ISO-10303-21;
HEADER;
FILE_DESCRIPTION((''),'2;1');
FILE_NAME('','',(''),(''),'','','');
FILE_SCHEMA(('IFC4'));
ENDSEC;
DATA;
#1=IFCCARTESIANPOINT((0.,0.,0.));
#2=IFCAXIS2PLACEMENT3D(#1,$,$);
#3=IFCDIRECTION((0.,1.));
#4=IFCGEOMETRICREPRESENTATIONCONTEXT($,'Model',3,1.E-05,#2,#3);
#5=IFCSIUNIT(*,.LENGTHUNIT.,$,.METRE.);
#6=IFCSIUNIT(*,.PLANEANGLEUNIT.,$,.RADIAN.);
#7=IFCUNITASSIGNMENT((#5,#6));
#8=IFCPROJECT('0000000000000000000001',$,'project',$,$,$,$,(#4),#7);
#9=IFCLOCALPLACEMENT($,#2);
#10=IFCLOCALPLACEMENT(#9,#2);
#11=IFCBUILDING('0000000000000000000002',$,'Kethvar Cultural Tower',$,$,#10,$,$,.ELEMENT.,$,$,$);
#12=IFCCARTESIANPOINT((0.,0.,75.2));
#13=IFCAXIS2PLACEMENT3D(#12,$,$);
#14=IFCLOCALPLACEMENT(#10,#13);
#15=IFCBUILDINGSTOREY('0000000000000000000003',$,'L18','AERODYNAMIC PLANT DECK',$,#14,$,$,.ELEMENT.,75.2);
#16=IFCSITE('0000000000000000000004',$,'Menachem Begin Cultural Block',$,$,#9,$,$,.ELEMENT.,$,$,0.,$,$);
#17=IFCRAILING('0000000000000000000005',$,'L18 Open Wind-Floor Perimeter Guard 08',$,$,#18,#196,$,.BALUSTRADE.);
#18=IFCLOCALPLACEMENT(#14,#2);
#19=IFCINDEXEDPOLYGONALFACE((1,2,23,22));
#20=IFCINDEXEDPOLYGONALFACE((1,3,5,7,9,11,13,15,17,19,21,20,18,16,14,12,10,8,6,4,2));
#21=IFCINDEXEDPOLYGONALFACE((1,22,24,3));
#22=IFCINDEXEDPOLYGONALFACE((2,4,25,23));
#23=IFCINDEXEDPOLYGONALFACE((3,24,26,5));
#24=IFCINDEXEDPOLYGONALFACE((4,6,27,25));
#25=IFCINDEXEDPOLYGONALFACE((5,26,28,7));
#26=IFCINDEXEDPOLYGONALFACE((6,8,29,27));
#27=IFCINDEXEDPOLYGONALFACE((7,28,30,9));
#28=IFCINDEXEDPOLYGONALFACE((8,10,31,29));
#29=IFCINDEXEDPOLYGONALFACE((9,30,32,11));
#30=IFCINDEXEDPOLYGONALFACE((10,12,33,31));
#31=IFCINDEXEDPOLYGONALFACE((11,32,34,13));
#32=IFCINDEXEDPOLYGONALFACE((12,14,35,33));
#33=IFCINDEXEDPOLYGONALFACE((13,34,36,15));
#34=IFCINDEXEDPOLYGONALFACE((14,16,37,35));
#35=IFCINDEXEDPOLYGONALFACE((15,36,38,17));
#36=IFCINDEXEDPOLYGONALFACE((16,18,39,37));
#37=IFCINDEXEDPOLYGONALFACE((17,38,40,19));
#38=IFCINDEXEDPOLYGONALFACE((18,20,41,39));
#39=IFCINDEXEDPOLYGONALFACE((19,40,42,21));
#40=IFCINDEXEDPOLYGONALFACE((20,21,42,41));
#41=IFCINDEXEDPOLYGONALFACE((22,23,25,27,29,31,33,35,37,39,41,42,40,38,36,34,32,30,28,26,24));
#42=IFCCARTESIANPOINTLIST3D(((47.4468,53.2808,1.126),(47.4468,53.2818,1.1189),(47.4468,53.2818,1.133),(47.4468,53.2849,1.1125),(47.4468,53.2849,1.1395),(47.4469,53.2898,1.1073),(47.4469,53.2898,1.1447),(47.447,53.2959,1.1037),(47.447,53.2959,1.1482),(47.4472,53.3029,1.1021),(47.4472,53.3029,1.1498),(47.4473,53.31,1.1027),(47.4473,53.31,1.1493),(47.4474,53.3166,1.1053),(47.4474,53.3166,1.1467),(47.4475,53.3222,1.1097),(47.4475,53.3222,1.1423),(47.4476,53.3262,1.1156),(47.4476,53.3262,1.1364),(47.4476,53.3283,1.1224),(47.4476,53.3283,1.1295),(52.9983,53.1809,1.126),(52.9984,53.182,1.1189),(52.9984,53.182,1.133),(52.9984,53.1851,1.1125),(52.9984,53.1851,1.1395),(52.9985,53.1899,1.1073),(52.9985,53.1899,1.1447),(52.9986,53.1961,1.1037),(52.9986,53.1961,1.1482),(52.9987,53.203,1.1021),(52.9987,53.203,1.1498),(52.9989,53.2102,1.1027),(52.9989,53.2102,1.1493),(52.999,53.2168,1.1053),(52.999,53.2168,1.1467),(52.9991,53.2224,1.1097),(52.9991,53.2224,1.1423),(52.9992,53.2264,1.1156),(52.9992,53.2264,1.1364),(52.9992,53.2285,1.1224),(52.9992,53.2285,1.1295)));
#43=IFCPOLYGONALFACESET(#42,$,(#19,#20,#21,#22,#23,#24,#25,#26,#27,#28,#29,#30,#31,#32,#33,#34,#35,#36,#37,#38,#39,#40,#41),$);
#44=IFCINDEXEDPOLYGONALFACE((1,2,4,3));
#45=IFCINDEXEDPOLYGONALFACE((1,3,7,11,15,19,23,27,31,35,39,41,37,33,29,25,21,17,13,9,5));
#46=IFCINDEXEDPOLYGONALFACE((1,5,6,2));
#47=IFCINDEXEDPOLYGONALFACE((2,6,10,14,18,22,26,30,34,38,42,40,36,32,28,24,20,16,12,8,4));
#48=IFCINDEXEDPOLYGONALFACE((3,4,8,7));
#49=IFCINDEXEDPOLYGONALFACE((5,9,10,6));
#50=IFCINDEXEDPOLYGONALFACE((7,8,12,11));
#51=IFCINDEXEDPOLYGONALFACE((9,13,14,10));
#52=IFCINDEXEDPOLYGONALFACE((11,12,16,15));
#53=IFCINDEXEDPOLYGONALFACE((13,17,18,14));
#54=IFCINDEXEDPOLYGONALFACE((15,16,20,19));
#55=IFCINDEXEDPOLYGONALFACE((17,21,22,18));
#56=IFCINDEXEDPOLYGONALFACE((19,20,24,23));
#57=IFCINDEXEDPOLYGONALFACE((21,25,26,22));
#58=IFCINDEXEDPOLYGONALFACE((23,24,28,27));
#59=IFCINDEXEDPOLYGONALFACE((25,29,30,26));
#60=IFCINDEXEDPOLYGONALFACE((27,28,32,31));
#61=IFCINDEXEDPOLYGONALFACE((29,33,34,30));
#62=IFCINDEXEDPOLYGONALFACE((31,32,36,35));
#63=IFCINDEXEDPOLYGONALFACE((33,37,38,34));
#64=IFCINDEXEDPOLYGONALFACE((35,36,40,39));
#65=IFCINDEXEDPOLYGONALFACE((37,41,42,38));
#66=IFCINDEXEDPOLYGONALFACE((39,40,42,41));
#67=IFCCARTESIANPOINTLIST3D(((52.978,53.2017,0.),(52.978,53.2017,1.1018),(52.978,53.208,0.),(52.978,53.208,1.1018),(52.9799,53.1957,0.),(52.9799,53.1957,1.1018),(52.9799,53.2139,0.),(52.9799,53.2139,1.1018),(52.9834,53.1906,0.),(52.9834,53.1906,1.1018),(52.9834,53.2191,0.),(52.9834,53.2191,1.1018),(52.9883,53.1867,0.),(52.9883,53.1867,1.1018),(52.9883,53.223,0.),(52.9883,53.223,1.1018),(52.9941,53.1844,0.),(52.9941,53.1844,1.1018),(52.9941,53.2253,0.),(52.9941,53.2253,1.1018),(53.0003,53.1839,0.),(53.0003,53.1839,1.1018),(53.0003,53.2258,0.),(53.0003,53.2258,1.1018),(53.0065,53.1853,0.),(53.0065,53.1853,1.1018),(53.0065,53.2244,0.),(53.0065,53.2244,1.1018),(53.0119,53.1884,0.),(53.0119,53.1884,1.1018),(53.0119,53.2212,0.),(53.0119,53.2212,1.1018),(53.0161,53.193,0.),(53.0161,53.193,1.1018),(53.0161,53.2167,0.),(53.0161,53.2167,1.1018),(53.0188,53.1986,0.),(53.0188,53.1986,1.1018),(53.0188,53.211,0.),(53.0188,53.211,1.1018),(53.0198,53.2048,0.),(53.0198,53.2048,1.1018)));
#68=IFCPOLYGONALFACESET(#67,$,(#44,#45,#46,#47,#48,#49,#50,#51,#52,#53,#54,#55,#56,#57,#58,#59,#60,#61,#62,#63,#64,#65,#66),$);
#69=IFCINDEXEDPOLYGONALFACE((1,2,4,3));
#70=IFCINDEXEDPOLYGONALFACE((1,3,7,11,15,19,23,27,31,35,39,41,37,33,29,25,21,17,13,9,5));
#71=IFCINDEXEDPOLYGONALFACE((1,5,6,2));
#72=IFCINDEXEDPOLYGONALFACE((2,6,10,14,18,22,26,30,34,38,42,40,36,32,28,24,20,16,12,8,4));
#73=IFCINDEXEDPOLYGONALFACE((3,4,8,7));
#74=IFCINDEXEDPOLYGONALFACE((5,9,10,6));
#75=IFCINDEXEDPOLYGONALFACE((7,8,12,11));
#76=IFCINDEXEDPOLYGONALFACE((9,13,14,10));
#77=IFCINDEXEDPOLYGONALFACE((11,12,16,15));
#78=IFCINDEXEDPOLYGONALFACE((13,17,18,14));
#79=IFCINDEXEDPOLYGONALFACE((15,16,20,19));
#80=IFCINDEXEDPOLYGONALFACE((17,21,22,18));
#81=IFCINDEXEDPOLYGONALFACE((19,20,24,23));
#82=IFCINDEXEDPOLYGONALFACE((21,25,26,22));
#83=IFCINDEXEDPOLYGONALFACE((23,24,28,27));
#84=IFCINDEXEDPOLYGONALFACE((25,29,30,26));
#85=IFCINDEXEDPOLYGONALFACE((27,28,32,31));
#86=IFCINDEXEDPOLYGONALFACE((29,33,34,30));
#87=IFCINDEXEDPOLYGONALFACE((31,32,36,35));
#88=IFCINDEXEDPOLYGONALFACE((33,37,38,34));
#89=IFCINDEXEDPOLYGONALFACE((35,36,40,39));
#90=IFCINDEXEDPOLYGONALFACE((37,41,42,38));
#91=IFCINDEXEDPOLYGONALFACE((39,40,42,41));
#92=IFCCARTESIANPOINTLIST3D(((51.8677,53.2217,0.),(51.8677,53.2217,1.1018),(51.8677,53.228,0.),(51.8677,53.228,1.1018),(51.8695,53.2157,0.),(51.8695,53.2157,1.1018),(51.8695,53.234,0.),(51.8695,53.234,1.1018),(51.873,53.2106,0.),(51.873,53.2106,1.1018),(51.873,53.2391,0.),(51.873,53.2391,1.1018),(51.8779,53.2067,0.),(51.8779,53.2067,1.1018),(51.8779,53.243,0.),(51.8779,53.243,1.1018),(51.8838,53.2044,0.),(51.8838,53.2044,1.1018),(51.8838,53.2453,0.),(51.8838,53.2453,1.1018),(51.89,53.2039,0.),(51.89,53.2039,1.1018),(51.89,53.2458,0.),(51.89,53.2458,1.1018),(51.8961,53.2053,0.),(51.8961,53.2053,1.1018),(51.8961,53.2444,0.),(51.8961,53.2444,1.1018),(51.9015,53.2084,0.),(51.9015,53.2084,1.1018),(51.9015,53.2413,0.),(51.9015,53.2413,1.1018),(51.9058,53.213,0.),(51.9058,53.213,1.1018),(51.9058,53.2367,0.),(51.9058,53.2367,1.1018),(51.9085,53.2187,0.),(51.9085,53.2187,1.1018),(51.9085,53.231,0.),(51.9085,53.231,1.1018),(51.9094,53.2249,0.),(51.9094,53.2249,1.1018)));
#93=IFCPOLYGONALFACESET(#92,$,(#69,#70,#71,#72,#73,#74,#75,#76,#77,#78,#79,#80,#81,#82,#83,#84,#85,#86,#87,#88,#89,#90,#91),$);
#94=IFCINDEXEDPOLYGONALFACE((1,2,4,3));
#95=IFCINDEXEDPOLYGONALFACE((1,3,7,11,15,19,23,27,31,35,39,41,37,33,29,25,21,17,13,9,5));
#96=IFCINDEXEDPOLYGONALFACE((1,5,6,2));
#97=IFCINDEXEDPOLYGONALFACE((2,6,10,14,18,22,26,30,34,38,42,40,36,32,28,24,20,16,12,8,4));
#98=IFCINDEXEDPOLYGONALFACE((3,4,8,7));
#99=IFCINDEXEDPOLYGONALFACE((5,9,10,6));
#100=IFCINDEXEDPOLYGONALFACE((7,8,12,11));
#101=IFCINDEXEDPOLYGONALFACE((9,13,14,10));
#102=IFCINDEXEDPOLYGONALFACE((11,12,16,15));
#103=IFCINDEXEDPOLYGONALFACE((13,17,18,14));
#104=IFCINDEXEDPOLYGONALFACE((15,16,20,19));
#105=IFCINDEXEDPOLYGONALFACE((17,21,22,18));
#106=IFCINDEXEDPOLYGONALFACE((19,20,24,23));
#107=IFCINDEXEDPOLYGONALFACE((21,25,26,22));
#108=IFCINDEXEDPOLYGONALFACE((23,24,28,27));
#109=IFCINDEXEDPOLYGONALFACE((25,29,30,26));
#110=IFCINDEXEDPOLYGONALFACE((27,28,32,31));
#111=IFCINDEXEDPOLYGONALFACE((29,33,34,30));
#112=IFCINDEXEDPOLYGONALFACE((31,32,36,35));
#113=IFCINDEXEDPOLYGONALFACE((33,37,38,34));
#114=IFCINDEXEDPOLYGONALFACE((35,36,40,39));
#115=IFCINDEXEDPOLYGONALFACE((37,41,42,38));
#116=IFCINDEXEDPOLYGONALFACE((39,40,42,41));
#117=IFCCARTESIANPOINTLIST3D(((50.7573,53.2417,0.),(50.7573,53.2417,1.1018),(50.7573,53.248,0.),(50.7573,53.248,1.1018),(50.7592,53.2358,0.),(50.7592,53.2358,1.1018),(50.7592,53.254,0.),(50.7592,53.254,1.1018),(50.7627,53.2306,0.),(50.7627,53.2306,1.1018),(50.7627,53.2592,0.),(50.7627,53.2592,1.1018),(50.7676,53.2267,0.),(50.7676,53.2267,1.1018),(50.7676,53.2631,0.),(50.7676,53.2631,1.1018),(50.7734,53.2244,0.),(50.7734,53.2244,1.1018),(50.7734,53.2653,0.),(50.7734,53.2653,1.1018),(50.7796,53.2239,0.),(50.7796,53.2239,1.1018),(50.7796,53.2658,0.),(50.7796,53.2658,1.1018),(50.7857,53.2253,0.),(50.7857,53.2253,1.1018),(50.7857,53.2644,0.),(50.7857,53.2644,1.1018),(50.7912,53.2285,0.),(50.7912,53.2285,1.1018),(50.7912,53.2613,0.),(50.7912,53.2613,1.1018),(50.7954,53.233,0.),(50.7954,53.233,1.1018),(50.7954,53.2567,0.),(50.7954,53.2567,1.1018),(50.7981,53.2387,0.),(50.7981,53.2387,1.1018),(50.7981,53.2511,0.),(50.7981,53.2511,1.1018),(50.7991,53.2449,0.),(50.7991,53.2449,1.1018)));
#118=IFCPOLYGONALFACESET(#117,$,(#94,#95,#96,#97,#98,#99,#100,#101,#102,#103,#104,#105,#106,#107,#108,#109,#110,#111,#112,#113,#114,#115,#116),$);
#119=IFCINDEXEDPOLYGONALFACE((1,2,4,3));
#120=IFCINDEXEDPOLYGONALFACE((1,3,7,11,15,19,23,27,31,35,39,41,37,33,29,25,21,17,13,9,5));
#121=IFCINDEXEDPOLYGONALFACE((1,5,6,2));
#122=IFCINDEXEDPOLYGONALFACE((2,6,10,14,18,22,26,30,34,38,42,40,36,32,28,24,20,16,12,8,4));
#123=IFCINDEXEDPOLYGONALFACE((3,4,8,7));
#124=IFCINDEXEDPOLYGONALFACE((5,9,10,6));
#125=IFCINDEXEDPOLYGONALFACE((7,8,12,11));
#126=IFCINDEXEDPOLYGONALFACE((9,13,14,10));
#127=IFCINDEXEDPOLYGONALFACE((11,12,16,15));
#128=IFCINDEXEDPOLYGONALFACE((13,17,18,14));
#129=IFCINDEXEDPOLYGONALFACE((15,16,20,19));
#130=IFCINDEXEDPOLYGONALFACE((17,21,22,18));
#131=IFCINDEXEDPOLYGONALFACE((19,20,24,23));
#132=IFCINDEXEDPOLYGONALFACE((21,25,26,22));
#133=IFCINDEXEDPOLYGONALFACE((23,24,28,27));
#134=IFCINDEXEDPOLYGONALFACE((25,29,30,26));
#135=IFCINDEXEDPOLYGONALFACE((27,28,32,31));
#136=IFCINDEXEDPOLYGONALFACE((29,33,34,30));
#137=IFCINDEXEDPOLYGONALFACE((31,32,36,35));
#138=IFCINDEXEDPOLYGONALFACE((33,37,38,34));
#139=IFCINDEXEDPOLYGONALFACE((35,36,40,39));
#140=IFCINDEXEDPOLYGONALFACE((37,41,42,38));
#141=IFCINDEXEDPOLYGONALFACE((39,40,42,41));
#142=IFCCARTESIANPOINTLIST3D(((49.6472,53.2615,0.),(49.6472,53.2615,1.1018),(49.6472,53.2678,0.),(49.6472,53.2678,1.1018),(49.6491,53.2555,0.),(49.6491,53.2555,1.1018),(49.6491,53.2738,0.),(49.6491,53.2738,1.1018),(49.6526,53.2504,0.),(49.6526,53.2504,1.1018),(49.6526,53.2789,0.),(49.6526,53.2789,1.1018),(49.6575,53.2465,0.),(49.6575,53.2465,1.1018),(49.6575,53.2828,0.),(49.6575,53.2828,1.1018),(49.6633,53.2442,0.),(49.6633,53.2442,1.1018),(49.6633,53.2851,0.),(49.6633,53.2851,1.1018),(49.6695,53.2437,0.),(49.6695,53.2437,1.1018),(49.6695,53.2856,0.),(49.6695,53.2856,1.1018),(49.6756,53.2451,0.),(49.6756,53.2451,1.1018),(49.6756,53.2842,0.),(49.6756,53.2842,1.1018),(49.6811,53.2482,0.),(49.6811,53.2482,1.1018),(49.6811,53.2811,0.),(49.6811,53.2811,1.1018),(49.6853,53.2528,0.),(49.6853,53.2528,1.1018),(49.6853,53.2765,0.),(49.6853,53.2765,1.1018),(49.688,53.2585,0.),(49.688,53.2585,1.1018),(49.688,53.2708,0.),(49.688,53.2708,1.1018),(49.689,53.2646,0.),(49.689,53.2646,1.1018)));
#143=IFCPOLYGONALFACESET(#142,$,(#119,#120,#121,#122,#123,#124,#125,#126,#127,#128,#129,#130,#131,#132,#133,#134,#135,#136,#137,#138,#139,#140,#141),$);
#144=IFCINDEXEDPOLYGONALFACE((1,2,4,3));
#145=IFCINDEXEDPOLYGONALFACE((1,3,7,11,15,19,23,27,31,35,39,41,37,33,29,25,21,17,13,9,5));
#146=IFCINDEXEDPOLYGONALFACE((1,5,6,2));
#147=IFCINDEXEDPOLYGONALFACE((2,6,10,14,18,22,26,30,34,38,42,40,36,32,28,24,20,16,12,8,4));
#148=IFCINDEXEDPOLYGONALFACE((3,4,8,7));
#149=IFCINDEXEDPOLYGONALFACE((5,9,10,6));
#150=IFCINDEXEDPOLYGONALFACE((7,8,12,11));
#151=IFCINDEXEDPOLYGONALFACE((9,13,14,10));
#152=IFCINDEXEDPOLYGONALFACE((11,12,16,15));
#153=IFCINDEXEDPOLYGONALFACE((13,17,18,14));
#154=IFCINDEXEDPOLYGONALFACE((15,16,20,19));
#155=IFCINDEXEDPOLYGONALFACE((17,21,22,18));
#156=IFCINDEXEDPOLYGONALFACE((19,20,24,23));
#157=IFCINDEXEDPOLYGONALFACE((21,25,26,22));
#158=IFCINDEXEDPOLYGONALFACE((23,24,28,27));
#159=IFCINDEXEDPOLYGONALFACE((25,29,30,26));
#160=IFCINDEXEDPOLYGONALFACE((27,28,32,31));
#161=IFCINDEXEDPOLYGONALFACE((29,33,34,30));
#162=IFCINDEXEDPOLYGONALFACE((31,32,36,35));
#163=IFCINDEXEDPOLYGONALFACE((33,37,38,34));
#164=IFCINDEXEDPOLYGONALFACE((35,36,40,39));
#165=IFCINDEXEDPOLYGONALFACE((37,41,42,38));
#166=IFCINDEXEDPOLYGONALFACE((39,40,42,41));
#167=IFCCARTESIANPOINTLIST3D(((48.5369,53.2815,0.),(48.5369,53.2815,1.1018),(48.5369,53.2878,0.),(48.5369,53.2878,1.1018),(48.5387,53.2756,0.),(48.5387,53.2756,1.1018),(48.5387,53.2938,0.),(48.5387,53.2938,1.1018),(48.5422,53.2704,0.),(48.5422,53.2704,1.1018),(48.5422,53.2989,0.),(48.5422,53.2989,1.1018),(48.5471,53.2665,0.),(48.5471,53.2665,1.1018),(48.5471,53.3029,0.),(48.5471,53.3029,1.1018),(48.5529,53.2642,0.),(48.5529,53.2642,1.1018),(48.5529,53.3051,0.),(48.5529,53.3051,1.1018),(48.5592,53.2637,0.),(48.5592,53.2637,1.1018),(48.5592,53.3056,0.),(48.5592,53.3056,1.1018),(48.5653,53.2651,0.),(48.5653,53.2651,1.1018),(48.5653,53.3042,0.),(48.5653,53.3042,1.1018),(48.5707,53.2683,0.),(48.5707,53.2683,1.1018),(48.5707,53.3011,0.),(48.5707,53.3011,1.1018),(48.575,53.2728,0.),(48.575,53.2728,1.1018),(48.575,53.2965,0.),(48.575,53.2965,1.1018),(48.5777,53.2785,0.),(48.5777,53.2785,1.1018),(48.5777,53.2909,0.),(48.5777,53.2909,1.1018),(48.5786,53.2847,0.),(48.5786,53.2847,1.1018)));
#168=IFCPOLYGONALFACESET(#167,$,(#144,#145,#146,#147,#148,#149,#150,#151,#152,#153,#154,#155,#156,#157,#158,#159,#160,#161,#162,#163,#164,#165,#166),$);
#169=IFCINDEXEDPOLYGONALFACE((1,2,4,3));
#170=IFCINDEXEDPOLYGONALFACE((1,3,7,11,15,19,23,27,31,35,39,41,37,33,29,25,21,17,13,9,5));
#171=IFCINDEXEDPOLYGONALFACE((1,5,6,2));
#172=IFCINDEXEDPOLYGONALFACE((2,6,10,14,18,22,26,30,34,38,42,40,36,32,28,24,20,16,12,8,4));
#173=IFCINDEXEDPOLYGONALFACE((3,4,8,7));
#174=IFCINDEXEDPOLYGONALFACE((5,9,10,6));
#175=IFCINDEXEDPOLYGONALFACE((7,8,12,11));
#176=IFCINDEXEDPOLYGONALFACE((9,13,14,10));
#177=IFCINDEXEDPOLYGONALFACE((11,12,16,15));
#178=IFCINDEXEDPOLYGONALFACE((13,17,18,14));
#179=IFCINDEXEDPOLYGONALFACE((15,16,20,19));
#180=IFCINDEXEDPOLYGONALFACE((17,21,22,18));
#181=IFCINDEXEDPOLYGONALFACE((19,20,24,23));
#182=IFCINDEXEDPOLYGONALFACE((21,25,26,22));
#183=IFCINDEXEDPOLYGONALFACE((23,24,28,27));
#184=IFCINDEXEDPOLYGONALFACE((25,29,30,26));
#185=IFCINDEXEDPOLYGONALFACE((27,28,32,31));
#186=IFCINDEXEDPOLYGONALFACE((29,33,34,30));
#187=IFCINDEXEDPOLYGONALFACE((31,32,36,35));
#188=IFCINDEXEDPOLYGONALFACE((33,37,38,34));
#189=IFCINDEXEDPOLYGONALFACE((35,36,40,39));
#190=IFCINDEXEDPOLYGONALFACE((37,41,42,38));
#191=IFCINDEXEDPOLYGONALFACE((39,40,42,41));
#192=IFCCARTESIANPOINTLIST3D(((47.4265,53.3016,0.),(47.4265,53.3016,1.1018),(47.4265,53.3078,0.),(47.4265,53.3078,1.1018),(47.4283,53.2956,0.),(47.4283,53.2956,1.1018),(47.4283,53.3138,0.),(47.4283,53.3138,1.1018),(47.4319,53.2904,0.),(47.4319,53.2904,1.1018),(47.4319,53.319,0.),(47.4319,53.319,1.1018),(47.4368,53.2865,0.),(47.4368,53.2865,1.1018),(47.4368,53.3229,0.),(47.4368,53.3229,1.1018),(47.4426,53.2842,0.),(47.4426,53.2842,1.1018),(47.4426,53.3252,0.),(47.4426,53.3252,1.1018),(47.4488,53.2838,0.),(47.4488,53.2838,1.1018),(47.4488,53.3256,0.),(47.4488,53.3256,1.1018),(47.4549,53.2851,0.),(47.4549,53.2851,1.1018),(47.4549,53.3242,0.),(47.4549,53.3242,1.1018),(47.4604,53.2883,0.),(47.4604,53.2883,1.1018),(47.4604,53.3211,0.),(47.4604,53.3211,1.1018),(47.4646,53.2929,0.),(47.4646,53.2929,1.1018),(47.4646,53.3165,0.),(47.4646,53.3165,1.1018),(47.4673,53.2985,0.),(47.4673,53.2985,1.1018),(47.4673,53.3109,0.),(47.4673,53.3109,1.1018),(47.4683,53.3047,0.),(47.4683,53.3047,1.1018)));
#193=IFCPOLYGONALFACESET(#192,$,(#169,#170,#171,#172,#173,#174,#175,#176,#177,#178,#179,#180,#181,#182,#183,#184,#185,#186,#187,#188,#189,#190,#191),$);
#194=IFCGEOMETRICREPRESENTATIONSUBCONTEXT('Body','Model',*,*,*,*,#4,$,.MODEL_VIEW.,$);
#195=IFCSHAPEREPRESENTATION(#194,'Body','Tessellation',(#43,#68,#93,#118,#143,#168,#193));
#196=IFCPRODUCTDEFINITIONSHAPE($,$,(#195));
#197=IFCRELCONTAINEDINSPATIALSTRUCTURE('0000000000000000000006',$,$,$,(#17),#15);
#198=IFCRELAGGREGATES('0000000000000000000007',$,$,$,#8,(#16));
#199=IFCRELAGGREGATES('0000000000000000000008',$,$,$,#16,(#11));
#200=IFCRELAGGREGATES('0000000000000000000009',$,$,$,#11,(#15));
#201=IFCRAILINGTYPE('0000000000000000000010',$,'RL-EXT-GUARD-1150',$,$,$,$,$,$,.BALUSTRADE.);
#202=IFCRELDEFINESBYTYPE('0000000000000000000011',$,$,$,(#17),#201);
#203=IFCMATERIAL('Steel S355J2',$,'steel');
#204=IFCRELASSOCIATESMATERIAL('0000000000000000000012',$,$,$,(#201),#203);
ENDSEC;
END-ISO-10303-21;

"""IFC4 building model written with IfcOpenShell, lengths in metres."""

from ifc_helpers import new_model, si_unit, direction, frame, origin, origin_2d, place, context, subcontext, project, spatial, circle, extrude, material, type_object, element, save


model = new_model("IFC4")

# Units and contexts
model_context = context("Model", 3, precision=1e-05, world=origin(), true_north=direction((0.0, 1.0)))
body_context = subcontext(model_context, "Body", "Model", "MODEL_VIEW")
ifc_project = project(units=[si_unit("LENGTHUNIT", "METRE"), si_unit("PLANEANGLEUNIT", "RADIAN")], contexts=[model_context])

# Site, building, storey
site_placement = place(None, origin())
site = spatial("IfcSite", under=ifc_project, at=site_placement, Name="Menachem Begin Cultural Block", CompositionType="ELEMENT", RefElevation=0.0)
building_placement = place(site_placement, origin())
building = spatial("IfcBuilding", under=site, at=building_placement, Name="Kethvar Cultural Tower", CompositionType="ELEMENT")
storey_placement = place(building_placement, frame((0.0, 0.0, 75.2)))
storey = spatial("IfcBuildingStorey", under=building, at=storey_placement, Name="L18", Description="AERODYNAMIC PLANT DECK", CompositionType="ELEMENT", Elevation=75.2)

# Shared definitions
ifc_material_1 = material(Name="Steel S355J2", Category="steel")

# Railing
railing_type_1 = type_object("IfcRailingType", Name="RL-EXT-GUARD-1150", PredefinedType="BALUSTRADE", material=ifc_material_1)
railing_1_placement = place(storey_placement, frame((52.9988, 53.2048, 0.0)))
element("IfcRailing", 1, at=railing_1_placement, inside=storey, type_object=railing_type_1, Name="L18 Open Wind-Floor Perimeter Guard 08", PredefinedType="BALUSTRADE", context=body_context, shape_type="SweptSolid", body=[
    extrude(circle(Radius=0.0239, at=origin_2d()), frame((0.0, 0.0, 1.126), z_axis=(-0.999838, 0.017984, 0.0), x_axis=(-0.017984, -0.999838, 0.0)), (0.0, 0.0, 1.0), 5.5525),
    extrude(circle(Radius=0.021, at=origin_2d()), origin(), (0.0, 0.0, 1.0), 1.1018),
    extrude(circle(Radius=0.021, at=origin_2d()), frame((-1.1104, 0.02, 0.0)), (0.0, 0.0, 1.0), 1.1018),
    extrude(circle(Radius=0.021, at=origin_2d()), frame((-2.2207, 0.04, 0.0)), (0.0, 0.0, 1.0), 1.1018),
    extrude(circle(Radius=0.021, at=origin_2d()), frame((-3.3308, 0.0598, 0.0)), (0.0, 0.0, 1.0), 1.1018),
    extrude(circle(Radius=0.021, at=origin_2d()), frame((-4.4412, 0.0798, 0.0)), (0.0, 0.0, 1.0), 1.1018),
    extrude(circle(Radius=0.021, at=origin_2d()), frame((-5.5515, 0.0999, 0.0)), (0.0, 0.0, 1.0), 1.1018),
])

save(model, "model.ifc")
